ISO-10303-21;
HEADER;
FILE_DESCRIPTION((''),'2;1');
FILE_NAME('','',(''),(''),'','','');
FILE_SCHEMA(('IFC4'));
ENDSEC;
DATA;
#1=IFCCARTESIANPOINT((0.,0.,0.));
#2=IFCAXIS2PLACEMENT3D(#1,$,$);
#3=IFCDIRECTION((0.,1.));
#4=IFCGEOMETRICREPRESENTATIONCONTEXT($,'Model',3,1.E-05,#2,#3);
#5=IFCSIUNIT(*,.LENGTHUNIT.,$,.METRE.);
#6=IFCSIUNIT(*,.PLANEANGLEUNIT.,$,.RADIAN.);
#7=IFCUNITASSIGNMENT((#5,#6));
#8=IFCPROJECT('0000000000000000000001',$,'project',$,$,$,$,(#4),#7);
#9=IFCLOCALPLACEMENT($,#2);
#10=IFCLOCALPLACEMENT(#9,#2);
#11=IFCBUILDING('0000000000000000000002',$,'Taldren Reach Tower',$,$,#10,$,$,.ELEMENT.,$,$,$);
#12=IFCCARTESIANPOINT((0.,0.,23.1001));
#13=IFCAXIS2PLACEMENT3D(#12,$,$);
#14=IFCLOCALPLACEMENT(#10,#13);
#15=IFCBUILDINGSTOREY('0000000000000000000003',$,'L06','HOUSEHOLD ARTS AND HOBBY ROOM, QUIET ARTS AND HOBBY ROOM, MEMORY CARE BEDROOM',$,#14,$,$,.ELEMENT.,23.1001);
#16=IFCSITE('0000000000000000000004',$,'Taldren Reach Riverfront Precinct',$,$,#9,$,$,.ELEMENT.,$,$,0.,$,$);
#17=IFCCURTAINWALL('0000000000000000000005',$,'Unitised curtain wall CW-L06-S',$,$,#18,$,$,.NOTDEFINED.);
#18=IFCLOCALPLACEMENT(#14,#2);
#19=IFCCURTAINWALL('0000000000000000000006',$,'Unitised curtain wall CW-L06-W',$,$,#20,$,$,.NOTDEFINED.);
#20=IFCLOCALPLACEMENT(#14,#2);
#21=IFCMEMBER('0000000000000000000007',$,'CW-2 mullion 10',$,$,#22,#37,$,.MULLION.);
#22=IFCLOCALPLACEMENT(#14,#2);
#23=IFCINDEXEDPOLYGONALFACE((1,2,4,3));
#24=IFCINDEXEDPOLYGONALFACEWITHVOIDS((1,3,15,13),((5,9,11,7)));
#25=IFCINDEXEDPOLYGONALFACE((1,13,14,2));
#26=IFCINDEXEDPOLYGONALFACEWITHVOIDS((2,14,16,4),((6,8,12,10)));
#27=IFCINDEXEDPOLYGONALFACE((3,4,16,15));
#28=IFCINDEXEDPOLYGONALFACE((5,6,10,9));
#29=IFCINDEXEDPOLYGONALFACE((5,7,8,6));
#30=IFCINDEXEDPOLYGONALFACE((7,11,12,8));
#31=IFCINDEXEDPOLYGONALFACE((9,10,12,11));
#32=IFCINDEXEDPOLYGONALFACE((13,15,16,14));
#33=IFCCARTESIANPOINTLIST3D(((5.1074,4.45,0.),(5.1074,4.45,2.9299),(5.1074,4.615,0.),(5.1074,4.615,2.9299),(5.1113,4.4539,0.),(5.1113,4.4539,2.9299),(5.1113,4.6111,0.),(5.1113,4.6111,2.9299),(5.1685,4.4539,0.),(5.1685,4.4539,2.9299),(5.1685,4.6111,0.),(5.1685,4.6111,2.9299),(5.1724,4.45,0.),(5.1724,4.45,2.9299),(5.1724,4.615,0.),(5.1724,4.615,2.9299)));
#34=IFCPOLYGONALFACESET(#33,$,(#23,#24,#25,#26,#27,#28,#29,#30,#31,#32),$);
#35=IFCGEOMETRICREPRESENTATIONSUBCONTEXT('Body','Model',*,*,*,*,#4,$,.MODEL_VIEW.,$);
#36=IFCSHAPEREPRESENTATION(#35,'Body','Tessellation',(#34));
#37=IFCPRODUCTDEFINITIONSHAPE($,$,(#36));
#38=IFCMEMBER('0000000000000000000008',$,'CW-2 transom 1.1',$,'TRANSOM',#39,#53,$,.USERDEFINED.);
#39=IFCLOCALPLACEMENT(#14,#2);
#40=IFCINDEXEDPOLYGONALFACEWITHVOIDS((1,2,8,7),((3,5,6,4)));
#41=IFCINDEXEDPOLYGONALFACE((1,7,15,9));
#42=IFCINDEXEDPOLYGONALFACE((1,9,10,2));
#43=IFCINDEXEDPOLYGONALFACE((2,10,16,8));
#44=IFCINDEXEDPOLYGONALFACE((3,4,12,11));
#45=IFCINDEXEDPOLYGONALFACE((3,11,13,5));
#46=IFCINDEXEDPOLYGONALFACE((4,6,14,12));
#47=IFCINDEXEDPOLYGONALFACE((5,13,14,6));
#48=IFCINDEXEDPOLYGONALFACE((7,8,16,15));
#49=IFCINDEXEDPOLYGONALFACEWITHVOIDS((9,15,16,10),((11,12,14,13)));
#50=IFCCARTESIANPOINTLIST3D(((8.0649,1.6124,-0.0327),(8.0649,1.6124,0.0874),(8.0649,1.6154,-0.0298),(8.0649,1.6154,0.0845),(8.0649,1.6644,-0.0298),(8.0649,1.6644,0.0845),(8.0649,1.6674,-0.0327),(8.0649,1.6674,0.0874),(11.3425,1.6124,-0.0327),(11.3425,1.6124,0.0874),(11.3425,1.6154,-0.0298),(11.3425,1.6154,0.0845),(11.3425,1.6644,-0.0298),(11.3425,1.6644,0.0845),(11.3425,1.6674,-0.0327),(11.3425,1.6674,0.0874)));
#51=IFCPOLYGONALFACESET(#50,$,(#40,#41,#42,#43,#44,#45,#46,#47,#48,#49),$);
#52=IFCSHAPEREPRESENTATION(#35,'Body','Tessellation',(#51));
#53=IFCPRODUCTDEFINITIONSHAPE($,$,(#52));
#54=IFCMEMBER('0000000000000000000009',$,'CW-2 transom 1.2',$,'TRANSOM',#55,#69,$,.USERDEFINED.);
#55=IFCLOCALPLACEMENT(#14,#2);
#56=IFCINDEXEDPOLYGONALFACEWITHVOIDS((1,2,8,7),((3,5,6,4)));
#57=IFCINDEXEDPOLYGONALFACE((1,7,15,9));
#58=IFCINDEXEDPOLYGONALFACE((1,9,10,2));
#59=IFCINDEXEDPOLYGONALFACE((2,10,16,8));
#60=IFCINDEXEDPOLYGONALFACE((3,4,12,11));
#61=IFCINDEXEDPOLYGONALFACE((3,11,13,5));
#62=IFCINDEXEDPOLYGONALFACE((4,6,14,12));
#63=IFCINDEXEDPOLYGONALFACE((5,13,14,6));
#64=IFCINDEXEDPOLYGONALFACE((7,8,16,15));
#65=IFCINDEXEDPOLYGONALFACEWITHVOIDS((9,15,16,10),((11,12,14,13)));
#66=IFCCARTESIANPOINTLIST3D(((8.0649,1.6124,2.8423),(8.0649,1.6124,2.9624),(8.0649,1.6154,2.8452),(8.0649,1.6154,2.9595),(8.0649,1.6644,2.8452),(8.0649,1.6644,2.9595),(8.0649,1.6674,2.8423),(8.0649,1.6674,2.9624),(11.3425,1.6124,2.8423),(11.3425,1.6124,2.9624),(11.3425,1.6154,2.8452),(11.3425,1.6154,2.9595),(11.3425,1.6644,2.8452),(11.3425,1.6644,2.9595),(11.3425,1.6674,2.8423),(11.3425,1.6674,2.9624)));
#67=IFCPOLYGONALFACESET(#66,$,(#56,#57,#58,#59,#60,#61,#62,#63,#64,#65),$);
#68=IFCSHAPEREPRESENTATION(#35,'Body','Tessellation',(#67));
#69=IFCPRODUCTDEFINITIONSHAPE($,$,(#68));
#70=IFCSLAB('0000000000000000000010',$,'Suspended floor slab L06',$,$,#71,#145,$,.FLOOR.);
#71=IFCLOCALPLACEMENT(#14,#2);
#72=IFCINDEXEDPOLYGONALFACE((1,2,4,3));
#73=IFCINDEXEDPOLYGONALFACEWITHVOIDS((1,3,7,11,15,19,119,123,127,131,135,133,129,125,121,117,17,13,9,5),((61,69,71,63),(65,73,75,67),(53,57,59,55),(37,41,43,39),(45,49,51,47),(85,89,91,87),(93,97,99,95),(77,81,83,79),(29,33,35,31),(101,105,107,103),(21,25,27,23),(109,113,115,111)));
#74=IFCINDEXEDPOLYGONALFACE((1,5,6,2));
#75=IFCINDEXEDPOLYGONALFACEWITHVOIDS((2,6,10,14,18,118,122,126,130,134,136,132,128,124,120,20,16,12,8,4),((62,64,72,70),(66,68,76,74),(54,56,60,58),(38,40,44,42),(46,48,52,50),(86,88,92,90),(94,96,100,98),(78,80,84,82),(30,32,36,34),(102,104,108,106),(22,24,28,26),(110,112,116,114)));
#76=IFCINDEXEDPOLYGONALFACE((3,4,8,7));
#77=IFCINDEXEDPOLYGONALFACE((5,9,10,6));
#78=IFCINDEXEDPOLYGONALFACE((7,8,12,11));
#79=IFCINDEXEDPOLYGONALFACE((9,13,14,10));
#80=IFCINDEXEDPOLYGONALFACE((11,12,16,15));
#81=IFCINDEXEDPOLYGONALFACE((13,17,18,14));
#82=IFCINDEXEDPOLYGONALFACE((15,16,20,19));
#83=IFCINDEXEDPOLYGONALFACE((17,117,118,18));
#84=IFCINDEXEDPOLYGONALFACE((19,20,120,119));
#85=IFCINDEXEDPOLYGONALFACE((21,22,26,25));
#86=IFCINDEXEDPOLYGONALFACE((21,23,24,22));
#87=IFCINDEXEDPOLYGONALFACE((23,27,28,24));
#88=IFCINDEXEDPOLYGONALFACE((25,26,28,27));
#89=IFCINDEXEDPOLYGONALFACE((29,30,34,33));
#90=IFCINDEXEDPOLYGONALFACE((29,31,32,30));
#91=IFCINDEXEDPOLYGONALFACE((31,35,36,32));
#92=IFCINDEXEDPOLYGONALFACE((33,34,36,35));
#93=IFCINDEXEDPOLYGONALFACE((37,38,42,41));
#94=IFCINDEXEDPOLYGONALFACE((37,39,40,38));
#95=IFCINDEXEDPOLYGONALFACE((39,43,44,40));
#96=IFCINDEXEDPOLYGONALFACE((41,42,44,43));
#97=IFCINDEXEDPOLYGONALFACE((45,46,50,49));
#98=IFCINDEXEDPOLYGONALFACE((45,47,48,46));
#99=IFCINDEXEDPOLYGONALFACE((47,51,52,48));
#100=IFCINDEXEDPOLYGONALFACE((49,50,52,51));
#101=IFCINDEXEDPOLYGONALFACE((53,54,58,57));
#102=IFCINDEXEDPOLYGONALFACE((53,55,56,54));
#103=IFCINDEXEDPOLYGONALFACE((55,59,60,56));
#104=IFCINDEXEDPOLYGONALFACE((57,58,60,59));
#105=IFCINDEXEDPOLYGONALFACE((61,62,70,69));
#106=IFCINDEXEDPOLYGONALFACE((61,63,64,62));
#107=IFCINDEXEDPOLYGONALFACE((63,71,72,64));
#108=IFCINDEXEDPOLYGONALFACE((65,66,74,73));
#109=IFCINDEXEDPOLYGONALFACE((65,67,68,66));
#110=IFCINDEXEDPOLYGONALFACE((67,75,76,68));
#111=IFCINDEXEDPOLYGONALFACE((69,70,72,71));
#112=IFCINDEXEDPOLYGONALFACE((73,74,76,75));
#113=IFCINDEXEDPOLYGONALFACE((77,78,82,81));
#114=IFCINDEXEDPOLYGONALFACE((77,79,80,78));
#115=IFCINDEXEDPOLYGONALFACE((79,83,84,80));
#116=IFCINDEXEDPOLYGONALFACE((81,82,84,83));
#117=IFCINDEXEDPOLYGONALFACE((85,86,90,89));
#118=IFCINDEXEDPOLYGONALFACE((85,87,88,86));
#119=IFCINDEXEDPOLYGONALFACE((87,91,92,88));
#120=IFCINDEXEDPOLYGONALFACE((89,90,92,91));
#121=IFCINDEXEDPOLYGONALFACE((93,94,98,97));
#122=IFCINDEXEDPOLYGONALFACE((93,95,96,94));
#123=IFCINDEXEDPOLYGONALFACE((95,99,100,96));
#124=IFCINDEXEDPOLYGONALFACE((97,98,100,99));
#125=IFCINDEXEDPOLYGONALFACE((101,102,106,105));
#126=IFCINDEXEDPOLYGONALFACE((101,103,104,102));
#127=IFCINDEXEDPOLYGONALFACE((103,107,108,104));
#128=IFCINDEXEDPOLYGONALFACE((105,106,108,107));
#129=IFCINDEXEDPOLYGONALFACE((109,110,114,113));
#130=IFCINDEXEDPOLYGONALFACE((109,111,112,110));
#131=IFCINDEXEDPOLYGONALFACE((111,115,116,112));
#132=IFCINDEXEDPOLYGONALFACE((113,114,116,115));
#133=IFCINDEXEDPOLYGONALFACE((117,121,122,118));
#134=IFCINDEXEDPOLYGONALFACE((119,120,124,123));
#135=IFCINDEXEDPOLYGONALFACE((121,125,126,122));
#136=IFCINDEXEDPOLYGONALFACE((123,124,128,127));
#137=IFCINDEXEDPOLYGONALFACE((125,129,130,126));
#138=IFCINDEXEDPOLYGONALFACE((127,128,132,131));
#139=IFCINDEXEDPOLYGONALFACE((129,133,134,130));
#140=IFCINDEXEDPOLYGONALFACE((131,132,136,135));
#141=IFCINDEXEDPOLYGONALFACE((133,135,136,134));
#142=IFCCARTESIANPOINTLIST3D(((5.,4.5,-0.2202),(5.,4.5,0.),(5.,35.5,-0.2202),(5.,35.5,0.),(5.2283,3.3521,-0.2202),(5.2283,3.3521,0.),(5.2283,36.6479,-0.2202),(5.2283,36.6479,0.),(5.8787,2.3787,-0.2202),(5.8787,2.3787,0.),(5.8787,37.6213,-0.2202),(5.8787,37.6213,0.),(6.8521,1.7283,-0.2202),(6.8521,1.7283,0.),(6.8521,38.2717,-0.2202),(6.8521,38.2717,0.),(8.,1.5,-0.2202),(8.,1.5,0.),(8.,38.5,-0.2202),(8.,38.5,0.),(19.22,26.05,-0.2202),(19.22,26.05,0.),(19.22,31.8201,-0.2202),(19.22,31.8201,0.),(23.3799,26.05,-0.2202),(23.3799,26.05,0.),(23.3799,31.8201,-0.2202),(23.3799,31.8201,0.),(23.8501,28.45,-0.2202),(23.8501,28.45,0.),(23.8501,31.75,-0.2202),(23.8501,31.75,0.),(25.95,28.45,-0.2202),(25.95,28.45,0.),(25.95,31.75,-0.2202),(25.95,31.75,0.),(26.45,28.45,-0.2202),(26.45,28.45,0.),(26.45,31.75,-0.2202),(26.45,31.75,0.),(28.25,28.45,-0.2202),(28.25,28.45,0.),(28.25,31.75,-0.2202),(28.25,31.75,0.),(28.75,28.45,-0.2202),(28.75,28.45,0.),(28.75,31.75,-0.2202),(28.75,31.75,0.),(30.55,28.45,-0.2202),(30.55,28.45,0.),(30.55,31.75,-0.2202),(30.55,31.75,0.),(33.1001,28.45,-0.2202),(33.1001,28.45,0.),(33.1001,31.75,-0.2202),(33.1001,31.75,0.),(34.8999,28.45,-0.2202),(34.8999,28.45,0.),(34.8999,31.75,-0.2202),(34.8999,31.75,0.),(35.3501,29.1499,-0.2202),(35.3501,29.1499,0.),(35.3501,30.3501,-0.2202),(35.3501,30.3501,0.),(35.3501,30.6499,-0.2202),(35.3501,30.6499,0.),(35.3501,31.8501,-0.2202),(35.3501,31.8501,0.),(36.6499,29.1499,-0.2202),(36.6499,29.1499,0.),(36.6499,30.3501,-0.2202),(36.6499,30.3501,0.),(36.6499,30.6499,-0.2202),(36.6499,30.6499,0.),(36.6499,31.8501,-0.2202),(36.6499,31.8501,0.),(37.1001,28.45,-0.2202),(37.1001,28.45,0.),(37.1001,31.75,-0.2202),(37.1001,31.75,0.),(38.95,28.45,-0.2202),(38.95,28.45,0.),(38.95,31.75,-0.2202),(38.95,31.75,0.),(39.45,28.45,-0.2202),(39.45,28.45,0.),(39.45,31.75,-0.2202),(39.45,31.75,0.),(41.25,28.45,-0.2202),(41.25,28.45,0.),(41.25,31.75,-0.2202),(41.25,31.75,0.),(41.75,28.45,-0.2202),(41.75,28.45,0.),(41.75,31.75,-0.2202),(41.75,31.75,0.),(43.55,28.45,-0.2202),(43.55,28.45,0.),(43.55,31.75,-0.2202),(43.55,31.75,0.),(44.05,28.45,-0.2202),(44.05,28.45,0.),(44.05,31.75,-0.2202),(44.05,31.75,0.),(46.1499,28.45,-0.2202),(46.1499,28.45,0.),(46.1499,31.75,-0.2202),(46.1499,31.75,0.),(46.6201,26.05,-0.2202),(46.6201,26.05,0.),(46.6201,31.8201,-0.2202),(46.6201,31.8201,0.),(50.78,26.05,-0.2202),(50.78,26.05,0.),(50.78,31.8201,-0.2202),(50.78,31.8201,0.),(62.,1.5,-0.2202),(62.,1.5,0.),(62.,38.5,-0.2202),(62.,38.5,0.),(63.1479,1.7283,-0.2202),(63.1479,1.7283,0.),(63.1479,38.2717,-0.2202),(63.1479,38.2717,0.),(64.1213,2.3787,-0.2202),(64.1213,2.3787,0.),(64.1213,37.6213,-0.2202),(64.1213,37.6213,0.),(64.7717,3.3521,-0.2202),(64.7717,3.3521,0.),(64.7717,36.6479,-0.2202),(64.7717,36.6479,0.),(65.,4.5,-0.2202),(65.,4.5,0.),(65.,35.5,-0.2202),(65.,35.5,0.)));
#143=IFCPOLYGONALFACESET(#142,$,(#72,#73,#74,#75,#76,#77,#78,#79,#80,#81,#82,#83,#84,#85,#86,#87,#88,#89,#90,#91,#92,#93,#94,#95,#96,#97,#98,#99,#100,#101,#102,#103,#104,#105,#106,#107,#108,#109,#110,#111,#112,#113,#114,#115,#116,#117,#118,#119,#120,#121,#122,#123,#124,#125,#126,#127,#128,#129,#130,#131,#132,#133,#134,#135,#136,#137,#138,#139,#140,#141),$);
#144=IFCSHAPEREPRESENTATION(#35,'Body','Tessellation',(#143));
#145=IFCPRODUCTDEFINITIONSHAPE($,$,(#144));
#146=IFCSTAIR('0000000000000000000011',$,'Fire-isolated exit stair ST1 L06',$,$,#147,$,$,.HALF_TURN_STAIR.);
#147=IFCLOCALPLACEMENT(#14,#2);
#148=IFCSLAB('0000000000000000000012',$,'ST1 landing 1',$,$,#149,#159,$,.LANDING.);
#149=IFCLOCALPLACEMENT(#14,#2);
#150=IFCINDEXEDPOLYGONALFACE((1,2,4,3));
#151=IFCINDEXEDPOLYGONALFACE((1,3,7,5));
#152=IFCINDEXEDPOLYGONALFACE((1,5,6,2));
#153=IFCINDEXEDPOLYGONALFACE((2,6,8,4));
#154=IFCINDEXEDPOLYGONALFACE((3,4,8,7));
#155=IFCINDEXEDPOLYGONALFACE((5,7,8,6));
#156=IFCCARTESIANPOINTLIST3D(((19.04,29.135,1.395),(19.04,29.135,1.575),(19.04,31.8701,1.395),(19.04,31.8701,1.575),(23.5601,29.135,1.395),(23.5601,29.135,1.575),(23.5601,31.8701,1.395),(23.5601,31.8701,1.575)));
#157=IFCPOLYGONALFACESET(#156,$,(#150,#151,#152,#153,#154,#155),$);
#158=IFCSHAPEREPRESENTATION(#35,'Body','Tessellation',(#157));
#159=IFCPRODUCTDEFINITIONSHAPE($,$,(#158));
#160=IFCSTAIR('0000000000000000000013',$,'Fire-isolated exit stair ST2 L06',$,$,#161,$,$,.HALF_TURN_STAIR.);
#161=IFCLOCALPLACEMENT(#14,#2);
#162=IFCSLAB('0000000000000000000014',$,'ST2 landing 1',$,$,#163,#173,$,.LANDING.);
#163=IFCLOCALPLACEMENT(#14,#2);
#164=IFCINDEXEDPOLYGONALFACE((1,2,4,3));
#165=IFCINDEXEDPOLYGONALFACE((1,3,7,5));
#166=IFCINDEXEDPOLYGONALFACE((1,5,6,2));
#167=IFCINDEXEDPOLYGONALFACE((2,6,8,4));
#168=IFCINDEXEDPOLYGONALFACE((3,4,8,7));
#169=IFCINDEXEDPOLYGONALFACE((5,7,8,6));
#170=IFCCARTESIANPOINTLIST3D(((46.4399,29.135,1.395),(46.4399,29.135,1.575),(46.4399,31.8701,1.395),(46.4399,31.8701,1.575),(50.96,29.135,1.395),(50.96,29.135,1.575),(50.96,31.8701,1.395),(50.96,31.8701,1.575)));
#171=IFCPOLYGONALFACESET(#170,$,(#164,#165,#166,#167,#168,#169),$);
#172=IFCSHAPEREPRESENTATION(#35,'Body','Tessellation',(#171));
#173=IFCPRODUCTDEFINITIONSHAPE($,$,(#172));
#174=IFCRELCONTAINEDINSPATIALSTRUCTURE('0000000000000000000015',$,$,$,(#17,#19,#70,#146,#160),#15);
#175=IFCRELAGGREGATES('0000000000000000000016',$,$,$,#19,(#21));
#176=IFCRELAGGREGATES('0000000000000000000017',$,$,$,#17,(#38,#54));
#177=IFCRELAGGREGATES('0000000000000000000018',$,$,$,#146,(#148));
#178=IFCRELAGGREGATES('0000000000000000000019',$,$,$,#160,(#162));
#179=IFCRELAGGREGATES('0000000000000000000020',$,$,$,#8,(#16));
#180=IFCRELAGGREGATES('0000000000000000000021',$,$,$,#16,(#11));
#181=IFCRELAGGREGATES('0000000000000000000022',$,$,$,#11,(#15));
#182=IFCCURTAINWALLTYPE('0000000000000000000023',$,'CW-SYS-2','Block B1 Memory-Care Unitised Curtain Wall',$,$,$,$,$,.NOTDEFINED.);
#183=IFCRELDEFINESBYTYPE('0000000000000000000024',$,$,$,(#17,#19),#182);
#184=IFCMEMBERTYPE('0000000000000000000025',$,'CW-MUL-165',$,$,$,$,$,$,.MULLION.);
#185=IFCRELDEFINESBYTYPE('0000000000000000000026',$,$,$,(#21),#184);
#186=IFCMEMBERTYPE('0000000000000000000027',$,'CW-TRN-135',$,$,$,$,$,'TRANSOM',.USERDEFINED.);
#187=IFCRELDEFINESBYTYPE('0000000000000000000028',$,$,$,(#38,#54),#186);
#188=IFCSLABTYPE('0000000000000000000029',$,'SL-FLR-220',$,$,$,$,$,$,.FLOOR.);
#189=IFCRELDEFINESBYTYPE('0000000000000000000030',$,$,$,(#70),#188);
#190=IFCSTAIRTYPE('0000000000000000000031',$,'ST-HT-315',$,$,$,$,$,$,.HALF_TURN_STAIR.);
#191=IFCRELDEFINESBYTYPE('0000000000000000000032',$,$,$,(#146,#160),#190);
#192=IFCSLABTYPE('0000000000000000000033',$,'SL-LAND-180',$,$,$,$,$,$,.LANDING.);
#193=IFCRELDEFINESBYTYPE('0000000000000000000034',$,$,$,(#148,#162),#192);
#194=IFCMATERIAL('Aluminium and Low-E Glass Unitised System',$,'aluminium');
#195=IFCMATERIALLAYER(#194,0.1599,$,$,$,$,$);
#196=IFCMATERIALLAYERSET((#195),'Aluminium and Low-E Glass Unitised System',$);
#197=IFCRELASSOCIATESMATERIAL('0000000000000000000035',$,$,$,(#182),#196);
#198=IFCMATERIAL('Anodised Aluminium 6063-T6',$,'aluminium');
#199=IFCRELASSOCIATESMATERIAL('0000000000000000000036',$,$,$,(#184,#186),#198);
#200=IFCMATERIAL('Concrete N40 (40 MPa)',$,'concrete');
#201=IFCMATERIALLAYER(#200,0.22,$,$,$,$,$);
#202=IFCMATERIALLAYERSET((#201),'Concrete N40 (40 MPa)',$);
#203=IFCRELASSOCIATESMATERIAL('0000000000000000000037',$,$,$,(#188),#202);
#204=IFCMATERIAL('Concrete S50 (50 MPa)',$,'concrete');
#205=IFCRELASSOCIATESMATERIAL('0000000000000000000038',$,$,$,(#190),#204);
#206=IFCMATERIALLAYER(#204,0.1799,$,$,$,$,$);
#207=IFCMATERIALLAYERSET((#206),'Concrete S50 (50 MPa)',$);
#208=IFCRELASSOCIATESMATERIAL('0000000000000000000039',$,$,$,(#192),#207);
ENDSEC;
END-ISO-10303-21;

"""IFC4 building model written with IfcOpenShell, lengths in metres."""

from ifc_helpers import new_model, si_unit, direction, frame, origin, origin_2d, place, context, subcontext, project, spatial, polyline, hollow_rectangle, outline, extrude, source, transform, mapped, material, layer, layer_set, material_profile, profile_set, type_object, element, aggregate, save


model = new_model("IFC4")

# Units and contexts
model_context = context("Model", 3, precision=1e-05, world=origin(), true_north=direction((0.0, 1.0)))
body_context = subcontext(model_context, "Body", "Model", "MODEL_VIEW")
ifc_project = project(units=[si_unit("LENGTHUNIT", "METRE"), si_unit("PLANEANGLEUNIT", "RADIAN")], contexts=[model_context])

# Site, building, storey
site_placement = place(None, origin())
site = spatial("IfcSite", under=ifc_project, at=site_placement, Name="Taldren Reach Riverfront Precinct", CompositionType="ELEMENT", RefElevation=0.0)
building_placement = place(site_placement, origin())
building = spatial("IfcBuilding", under=site, at=building_placement, Name="Taldren Reach Tower", CompositionType="ELEMENT")
storey_placement = place(building_placement, frame((0.0, 0.0, 23.1001)))
storey = spatial("IfcBuildingStorey", under=building, at=storey_placement, Name="L06", Description="HOUSEHOLD ARTS AND HOBBY ROOM, QUIET ARTS AND HOBBY ROOM, MEMORY CARE BEDROOM", CompositionType="ELEMENT", Elevation=23.1001)

# Curtain walls, member
ifc_material_1 = material(Name="Aluminium and Low-E Glass Unitised System", Category="aluminium")
ifc_layer_1 = layer(ifc_material_1, 0.1599)
ifc_layer_set_1 = layer_set([ifc_layer_1], Name="Aluminium and Low-E Glass Unitised System")
curtain_wall_type = type_object("IfcCurtainWallType", Name="CW-SYS-2", Description="Block B1 Memory-Care Unitised Curtain Wall", PredefinedType="NOTDEFINED", material=ifc_layer_set_1)
curtain_wall_1_placement = place(storey_placement, origin())
curtain_wall_1 = element("IfcCurtainWall", 1, at=curtain_wall_1_placement, inside=storey, type_object=curtain_wall_type, Name="Unitised curtain wall CW-L06-S", PredefinedType="NOTDEFINED")
ifc_material_2 = material(Name="Anodised Aluminium 6063-T6", Category="aluminium")
ifc_material_profile_1 = material_profile(ifc_material_2, hollow_rectangle(XDim=0.0649, YDim=0.165, WallThickness=0.0039, at=origin_2d()), Name="ALU-165x65x4RHS")
ifc_profile_set_1 = profile_set([ifc_material_profile_1], Name="Anodised Aluminium 6063-T6")
member_type_1 = type_object("IfcMemberType", Name="CW-MUL-165", PredefinedType="MULLION", material=ifc_profile_set_1)
shared_shape_1 = source(origin(), body_context, "Body", "SweptSolid", [
    extrude(hollow_rectangle(XDim=0.0649, YDim=0.165, WallThickness=0.0039, at=origin_2d()), origin(), (0.0, 0.0, 1.0), 2.9299),
])
curtain_wall_2_placement = place(storey_placement, origin())
curtain_wall_2 = element("IfcCurtainWall", 2, at=curtain_wall_2_placement, inside=storey, type_object=curtain_wall_type, Name="Unitised curtain wall CW-L06-W", PredefinedType="NOTDEFINED")
member_1_placement = place(storey_placement, frame((5.1399, 4.5325, 0.0), z_axis=(0.0, 0.0, 1.0), x_axis=(1.0, 0.0, 0.0)))
member_1 = element("IfcMember", 3, at=member_1_placement, type_object=member_type_1, Name="CW-2 mullion 10", PredefinedType="MULLION", context=body_context, shape_type="MappedRepresentation", body=[
    mapped(shared_shape_1, transform((0.0, 0.0, 0.0), scale=1.0)),
])
aggregate(curtain_wall_2, [member_1])

# Members
ifc_material_profile_2 = material_profile(ifc_material_2, hollow_rectangle(XDim=0.0549, YDim=0.1201, WallThickness=0.0029, at=origin_2d()), Name="ALU-120x55x3RHS")
ifc_profile_set_2 = profile_set([ifc_material_profile_2], Name="Anodised Aluminium 6063-T6")
member_type_2 = type_object("IfcMemberType", Name="CW-TRN-135", ElementType="TRANSOM", PredefinedType="USERDEFINED", material=ifc_profile_set_2)
shared_shape_2 = source(origin(), body_context, "Body", "SweptSolid", [
    extrude(hollow_rectangle(XDim=0.0549, YDim=0.1201, WallThickness=0.0029, at=origin_2d()), origin(), (0.0, 0.0, 1.0), 3.2776),
])
member_2_placement = place(storey_placement, frame((8.0649, 1.6399, 0.0273), z_axis=(1.0, 0.0, 0.0), x_axis=(0.0, 1.0, 0.0)))
member_2 = element("IfcMember", 4, at=member_2_placement, type_object=member_type_2, Name="CW-2 transom 1.1", ObjectType="TRANSOM", PredefinedType="USERDEFINED", context=body_context, shape_type="MappedRepresentation", body=[
    mapped(shared_shape_2, transform((0.0, 0.0, 0.0), scale=1.0)),
])
member_3_placement = place(storey_placement, frame((8.0649, 1.6399, 2.9023), z_axis=(1.0, 0.0, 0.0), x_axis=(0.0, 1.0, 0.0)))
member_3 = element("IfcMember", 5, at=member_3_placement, type_object=member_type_2, Name="CW-2 transom 1.2", ObjectType="TRANSOM", PredefinedType="USERDEFINED", context=body_context, shape_type="MappedRepresentation", body=[
    mapped(shared_shape_2, transform((0.0, 0.0, 0.0), scale=1.0)),
])
aggregate(curtain_wall_1, [member_2, member_3])

# Slab
ifc_material_3 = material(Name="Concrete N40 (40 MPa)", Category="concrete")
ifc_layer_2 = layer(ifc_material_3, 0.22)
ifc_layer_set_2 = layer_set([ifc_layer_2], Name="Concrete N40 (40 MPa)")
slab_type_1 = type_object("IfcSlabType", Name="SL-FLR-220", PredefinedType="FLOOR", material=ifc_layer_set_2)
slab_1_placement = place(storey_placement, frame((0.0, 0.0, -0.2202)))
element("IfcSlab", 6, at=slab_1_placement, inside=storey, type_object=slab_type_1, Name="Suspended floor slab L06", PredefinedType="FLOOR", context=body_context, shape_type="SweptSolid", body=[
    extrude(outline(polyline([(62.0, 1.5), (63.1479, 1.7283), (64.1213, 2.3787), (64.7717, 3.3521), (65.0, 4.5), (65.0, 35.5), (64.7717, 36.6479), (64.1213, 37.6213), (63.1479, 38.2717), (62.0, 38.5), (8.0, 38.5), (6.8521, 38.2717), (5.8787, 37.6213), (5.2283, 36.6479), (5.0, 35.5), (5.0, 4.5), (5.2283, 3.3521), (5.8787, 2.3787), (6.8521, 1.7283), (8.0, 1.5), (62.0, 1.5)]), holes=[polyline([(19.22, 26.05), (23.3799, 26.05), (23.3799, 31.8201), (19.22, 31.8201), (19.22, 26.05)]), polyline([(46.6201, 26.05), (50.78, 26.05), (50.78, 31.8201), (46.6201, 31.8201), (46.6201, 26.05)]), polyline([(23.8501, 28.45), (25.95, 28.45), (25.95, 31.75), (23.8501, 31.75), (23.8501, 28.45)]), polyline([(44.05, 28.45), (46.1499, 28.45), (46.1499, 31.75), (44.05, 31.75), (44.05, 28.45)]), polyline([(26.45, 28.45), (28.25, 28.45), (28.25, 31.75), (26.45, 31.75), (26.45, 28.45)]), polyline([(28.75, 28.45), (30.55, 28.45), (30.55, 31.75), (28.75, 31.75), (28.75, 28.45)]), polyline([(33.1001, 28.45), (34.8999, 28.45), (34.8999, 31.75), (33.1001, 31.75), (33.1001, 28.45)]), polyline([(37.1001, 28.45), (38.95, 28.45), (38.95, 31.75), (37.1001, 31.75), (37.1001, 28.45)]), polyline([(39.45, 28.45), (41.25, 28.45), (41.25, 31.75), (39.45, 31.75), (39.45, 28.45)]), polyline([(41.75, 28.45), (43.55, 28.45), (43.55, 31.75), (41.75, 31.75), (41.75, 28.45)]), polyline([(35.3501, 30.6499), (36.6499, 30.6499), (36.6499, 31.8501), (35.3501, 31.8501), (35.3501, 30.6499)]), polyline([(35.3501, 29.1499), (36.6499, 29.1499), (36.6499, 30.3501), (35.3501, 30.3501), (35.3501, 29.1499)])]), origin(), (0.0, 0.0, 1.0), 0.2202),
])

# Stairs, slabs
ifc_material_4 = material(Name="Concrete S50 (50 MPa)", Category="concrete")
stair_type = type_object("IfcStairType", Name="ST-HT-315", PredefinedType="HALF_TURN_STAIR", material=ifc_material_4)
stair_1_placement = place(storey_placement, origin())
stair_1 = element("IfcStair", 7, at=stair_1_placement, inside=storey, type_object=stair_type, Name="Fire-isolated exit stair ST1 L06", PredefinedType="HALF_TURN_STAIR")
ifc_layer_3 = layer(ifc_material_4, 0.1799)
ifc_layer_set_3 = layer_set([ifc_layer_3], Name="Concrete S50 (50 MPa)")
slab_type_2 = type_object("IfcSlabType", Name="SL-LAND-180", PredefinedType="LANDING", material=ifc_layer_set_3)
slab_2_placement = place(storey_placement, frame((0.0, 0.0, 1.395)))
slab_2 = element("IfcSlab", 8, at=slab_2_placement, type_object=slab_type_2, Name="ST1 landing 1", PredefinedType="LANDING", context=body_context, shape_type="SweptSolid", body=[
    extrude(outline(polyline([(19.04, 29.135), (23.5601, 29.135), (23.5601, 31.8701), (19.04, 31.8701), (19.04, 29.135)])), origin(), (0.0, 0.0, 1.0), 0.1799),
])
aggregate(stair_1, [slab_2])
stair_2_placement = place(storey_placement, origin())
stair_2 = element("IfcStair", 9, at=stair_2_placement, inside=storey, type_object=stair_type, Name="Fire-isolated exit stair ST2 L06", PredefinedType="HALF_TURN_STAIR")
slab_3_placement = place(storey_placement, frame((0.0, 0.0, 1.395)))
slab_3 = element("IfcSlab", 10, at=slab_3_placement, type_object=slab_type_2, Name="ST2 landing 1", PredefinedType="LANDING", context=body_context, shape_type="SweptSolid", body=[
    extrude(outline(polyline([(46.4399, 29.135), (50.96, 29.135), (50.96, 31.8701), (46.4399, 31.8701), (46.4399, 29.135)])), origin(), (0.0, 0.0, 1.0), 0.1799),
])
aggregate(stair_2, [slab_3])

save(model, "model.ifc")
